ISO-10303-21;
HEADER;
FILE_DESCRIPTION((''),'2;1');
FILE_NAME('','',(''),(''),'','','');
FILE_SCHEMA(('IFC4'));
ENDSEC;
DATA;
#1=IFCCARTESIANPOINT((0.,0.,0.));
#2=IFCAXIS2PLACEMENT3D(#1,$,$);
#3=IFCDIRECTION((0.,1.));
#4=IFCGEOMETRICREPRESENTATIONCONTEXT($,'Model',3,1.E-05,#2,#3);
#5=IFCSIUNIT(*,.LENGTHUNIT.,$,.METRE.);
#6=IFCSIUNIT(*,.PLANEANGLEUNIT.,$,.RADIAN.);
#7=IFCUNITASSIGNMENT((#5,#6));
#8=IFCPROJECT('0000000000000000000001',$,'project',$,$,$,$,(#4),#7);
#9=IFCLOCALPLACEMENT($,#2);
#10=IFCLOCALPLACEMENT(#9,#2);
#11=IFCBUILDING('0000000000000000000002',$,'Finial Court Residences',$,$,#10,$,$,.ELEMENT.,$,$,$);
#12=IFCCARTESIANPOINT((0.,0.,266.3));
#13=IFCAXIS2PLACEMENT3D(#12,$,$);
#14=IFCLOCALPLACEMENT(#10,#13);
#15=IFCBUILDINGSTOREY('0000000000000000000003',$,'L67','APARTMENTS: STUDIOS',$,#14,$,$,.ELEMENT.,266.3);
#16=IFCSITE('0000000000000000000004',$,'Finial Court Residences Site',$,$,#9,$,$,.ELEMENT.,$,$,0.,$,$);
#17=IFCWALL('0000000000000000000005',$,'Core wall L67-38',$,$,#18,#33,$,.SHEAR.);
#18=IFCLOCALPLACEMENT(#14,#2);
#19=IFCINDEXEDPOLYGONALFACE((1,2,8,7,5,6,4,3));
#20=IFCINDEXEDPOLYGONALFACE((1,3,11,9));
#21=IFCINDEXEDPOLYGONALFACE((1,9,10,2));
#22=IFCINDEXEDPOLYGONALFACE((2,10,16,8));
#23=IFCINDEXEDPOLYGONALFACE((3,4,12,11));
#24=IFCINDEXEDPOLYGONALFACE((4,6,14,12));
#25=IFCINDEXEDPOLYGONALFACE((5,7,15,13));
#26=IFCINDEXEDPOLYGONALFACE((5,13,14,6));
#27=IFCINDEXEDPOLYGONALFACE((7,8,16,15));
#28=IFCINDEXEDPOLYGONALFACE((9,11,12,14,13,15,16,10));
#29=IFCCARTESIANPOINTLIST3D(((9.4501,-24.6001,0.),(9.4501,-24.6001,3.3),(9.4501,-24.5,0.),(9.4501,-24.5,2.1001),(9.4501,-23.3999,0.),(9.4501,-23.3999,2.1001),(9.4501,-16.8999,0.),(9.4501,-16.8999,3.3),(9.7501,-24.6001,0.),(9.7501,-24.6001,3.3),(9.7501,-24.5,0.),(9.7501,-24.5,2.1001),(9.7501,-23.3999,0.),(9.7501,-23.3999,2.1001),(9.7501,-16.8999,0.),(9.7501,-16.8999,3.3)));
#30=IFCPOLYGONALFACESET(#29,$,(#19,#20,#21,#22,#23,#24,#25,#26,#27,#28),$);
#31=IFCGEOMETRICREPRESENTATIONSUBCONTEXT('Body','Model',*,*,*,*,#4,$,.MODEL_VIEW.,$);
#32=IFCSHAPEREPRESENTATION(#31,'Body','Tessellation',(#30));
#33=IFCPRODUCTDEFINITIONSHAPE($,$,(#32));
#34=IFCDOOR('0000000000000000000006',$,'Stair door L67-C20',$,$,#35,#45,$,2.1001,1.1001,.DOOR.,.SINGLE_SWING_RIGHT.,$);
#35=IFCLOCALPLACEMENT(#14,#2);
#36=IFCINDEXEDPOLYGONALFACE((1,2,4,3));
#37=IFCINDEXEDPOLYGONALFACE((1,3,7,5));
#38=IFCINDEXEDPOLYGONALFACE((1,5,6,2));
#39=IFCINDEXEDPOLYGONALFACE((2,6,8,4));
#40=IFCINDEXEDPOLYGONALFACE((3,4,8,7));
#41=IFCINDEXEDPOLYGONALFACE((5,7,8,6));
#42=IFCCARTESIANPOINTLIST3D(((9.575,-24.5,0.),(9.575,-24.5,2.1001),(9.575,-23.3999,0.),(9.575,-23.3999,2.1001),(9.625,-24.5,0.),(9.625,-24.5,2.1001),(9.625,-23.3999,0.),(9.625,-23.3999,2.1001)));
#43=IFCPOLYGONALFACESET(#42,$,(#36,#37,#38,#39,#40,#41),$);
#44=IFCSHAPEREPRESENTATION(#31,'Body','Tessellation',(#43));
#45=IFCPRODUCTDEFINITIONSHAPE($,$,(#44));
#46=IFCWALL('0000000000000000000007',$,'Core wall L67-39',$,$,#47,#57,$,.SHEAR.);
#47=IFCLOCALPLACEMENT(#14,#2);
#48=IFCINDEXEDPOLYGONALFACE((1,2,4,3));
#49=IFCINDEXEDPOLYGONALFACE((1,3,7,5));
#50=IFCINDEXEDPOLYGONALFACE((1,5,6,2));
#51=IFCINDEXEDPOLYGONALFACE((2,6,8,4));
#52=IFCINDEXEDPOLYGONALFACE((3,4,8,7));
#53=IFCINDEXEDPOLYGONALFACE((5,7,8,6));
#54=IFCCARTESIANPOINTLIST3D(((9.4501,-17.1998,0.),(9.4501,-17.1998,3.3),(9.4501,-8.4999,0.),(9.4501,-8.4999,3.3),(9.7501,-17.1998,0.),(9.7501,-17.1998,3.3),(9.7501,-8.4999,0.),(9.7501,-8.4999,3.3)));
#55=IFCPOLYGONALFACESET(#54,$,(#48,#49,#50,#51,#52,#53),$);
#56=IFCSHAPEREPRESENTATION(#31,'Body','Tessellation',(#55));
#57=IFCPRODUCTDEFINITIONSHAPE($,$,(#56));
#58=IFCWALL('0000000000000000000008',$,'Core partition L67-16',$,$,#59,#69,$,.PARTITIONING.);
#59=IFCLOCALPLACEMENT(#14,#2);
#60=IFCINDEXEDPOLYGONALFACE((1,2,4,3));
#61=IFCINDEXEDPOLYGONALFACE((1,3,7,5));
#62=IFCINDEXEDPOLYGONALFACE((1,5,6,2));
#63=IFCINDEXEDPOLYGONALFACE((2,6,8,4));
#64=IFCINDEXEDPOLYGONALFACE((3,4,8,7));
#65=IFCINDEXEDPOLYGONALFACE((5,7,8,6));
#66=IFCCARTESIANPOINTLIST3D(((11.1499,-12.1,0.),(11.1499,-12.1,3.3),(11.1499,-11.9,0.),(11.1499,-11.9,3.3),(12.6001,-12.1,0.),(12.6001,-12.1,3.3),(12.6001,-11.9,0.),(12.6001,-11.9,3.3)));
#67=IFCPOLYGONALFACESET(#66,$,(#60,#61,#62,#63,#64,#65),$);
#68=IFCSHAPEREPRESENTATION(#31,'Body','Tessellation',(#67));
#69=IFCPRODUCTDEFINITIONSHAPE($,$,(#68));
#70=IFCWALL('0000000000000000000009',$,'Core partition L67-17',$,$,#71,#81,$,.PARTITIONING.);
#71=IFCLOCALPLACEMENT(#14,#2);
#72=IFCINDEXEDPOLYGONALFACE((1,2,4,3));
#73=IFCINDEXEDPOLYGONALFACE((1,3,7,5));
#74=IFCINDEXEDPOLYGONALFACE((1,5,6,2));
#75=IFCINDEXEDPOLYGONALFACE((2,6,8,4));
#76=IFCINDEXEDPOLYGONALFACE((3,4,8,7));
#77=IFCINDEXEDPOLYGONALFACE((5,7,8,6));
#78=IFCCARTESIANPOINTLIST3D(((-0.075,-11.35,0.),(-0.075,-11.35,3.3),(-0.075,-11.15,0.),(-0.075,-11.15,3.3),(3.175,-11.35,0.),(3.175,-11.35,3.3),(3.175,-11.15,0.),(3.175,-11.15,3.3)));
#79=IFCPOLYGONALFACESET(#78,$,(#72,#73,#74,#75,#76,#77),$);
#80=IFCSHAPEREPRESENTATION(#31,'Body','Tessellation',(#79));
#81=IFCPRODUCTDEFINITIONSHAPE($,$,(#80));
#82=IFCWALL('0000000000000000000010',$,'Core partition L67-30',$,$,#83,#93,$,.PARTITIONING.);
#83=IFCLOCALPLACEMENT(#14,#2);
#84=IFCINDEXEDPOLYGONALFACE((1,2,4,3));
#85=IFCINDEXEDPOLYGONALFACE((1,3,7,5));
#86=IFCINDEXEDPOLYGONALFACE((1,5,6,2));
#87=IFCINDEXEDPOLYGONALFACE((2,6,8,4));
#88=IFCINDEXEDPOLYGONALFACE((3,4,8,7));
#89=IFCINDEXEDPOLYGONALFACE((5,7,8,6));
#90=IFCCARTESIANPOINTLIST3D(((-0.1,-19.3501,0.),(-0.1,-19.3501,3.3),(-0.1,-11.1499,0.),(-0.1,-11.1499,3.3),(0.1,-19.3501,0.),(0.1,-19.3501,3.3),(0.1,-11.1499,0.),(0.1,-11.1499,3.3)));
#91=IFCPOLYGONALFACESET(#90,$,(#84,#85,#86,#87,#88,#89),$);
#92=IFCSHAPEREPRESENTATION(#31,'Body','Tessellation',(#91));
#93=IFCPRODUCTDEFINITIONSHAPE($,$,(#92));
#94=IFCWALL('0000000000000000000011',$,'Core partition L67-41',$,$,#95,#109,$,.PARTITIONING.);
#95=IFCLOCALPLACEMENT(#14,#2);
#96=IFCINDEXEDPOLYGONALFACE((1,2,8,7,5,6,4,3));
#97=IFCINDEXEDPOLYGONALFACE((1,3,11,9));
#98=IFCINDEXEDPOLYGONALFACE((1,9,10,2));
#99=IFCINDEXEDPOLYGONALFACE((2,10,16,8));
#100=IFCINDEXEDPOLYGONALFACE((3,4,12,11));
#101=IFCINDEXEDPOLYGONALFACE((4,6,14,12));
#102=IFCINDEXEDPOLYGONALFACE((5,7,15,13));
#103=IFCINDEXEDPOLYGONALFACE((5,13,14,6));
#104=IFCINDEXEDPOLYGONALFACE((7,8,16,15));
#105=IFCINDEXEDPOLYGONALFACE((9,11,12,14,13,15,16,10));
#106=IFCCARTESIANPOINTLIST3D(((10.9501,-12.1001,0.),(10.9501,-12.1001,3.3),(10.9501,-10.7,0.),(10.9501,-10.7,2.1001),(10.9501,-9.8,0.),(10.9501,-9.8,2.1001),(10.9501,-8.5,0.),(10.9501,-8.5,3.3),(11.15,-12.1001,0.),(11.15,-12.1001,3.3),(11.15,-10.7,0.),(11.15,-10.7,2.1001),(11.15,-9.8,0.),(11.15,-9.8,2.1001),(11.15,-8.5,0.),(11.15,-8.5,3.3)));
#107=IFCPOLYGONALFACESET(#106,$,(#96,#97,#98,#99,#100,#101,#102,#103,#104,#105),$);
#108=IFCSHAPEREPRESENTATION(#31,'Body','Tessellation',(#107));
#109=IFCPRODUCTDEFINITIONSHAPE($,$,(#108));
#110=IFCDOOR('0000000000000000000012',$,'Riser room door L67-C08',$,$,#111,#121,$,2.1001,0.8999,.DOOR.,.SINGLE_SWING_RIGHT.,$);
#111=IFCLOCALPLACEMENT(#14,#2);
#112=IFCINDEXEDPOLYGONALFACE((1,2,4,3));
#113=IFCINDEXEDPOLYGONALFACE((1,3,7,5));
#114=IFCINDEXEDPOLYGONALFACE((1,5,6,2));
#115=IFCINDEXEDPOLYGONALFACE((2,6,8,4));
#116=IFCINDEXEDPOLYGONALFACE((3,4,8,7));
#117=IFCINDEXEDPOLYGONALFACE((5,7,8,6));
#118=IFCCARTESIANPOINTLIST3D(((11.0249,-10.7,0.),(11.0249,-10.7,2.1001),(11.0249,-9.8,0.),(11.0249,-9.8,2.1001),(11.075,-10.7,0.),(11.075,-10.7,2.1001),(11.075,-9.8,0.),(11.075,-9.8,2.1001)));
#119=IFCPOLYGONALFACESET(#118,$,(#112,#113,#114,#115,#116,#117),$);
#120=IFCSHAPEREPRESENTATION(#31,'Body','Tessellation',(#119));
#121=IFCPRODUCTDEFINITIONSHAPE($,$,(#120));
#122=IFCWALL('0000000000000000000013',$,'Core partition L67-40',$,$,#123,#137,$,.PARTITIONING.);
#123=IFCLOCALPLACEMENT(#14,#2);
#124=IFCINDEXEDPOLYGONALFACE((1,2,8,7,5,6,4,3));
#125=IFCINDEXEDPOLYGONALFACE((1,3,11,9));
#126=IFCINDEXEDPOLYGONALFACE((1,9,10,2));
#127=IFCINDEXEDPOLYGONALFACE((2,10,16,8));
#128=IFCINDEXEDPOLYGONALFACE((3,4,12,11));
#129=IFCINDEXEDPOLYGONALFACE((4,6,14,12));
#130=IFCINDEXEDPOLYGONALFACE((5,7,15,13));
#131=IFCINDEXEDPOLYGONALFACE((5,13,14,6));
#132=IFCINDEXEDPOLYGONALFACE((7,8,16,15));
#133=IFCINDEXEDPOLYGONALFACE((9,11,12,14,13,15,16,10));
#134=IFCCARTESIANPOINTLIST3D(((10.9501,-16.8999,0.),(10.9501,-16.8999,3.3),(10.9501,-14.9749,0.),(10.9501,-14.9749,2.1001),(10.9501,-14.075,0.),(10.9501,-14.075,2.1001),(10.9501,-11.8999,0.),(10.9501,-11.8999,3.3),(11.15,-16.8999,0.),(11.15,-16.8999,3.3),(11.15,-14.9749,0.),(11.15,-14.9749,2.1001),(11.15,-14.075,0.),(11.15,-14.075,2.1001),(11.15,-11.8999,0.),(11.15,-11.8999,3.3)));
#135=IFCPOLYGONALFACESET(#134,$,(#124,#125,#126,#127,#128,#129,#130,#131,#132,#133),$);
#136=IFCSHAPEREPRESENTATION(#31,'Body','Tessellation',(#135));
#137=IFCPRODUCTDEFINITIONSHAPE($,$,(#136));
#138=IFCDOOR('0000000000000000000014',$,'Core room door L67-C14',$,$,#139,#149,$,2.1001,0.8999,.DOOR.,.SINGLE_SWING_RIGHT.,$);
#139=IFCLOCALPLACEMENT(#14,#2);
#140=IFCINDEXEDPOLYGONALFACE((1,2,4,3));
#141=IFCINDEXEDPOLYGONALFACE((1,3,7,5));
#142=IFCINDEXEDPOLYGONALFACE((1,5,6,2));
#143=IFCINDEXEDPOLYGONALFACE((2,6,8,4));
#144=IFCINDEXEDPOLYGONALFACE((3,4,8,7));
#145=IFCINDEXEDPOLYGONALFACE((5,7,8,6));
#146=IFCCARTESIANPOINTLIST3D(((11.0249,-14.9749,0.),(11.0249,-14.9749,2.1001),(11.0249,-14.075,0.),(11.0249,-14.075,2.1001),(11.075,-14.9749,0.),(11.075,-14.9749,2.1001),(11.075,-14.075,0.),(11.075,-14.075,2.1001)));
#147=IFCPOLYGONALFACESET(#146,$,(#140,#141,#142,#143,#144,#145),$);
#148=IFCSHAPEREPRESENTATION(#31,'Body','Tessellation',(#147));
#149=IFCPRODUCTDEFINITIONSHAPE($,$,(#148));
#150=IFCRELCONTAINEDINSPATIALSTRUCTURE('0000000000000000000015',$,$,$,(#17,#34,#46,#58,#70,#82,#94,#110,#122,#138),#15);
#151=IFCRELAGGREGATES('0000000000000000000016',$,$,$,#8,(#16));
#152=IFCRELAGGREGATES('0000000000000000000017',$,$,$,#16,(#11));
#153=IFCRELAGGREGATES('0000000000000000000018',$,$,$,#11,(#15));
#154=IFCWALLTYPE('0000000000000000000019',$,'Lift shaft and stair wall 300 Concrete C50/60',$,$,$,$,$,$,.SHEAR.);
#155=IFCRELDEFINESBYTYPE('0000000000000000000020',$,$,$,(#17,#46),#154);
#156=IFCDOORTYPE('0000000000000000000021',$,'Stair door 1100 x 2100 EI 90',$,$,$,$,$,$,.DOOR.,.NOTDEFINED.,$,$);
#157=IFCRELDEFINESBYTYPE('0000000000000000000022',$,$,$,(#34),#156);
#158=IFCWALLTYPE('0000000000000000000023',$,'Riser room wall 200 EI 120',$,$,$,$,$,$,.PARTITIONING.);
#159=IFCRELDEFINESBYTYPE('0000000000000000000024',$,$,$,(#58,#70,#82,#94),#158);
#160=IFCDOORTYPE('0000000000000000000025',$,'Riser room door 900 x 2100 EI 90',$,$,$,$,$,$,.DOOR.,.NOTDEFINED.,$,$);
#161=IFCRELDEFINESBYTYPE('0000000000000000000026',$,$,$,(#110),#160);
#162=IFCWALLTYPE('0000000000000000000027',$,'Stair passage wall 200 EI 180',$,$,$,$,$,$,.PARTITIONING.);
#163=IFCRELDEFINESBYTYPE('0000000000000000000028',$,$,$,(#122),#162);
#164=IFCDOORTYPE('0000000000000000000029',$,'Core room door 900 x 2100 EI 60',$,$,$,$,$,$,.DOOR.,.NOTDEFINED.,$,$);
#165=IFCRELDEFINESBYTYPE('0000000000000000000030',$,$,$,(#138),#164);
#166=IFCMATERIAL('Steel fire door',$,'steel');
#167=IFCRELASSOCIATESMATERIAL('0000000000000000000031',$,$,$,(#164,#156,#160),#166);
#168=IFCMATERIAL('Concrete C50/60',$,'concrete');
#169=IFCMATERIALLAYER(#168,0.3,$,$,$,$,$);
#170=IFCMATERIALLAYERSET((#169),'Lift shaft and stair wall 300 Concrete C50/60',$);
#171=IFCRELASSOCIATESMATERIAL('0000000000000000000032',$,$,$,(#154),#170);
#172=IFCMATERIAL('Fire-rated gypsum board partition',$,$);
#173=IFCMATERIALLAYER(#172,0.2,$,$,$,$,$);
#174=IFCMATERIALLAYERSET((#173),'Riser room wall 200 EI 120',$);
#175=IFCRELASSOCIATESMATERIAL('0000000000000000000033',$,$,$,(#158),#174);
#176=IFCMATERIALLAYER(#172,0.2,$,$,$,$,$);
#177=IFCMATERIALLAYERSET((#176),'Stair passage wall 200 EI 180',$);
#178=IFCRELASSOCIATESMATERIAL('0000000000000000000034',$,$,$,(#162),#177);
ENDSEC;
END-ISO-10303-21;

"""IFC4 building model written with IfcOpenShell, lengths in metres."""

from ifc_helpers import new_model, si_unit, direction, frame, frame_2d, origin, place, context, subcontext, project, spatial, rectangle, extrude, material, layer, layer_set, type_object, element, fill, save


model = new_model("IFC4")

# Units and contexts
model_context = context("Model", 3, precision=1e-05, world=origin(), true_north=direction((0.0, 1.0)))
body_context = subcontext(model_context, "Body", "Model", "MODEL_VIEW")
ifc_project = project(units=[si_unit("LENGTHUNIT", "METRE"), si_unit("PLANEANGLEUNIT", "RADIAN")], contexts=[model_context])

# Site, building, storey
site_placement = place(None, origin())
site = spatial("IfcSite", under=ifc_project, at=site_placement, Name="Finial Court Residences Site", CompositionType="ELEMENT", RefElevation=0.0)
building_placement = place(site_placement, origin())
building = spatial("IfcBuilding", under=site, at=building_placement, Name="Finial Court Residences", CompositionType="ELEMENT")
storey_placement = place(building_placement, frame((0.0, 0.0, 266.3)))
storey = spatial("IfcBuildingStorey", under=building, at=storey_placement, Name="L67", Description="APARTMENTS: STUDIOS", CompositionType="ELEMENT", Elevation=266.3)

# Shared definitions
ifc_material_1 = material(Name="Concrete C50/60", Category="concrete")

# Shared definitions
ifc_material_2 = material(Name="Fire-rated gypsum board partition")

# Shared definitions
ifc_material_3 = material(Name="Steel fire door", Category="steel")
door_type_1 = type_object("IfcDoorType", Name="Core room door 900 x 2100 EI 60", OperationType="NOTDEFINED", PredefinedType="DOOR", material=ifc_material_3)

# Shared definitions
ifc_layer_1 = layer(ifc_material_1, 0.3)
ifc_layer_set_1 = layer_set([ifc_layer_1], Name="Lift shaft and stair wall 300 Concrete C50/60")
wall_type_1 = type_object("IfcWallType", Name="Lift shaft and stair wall 300 Concrete C50/60", PredefinedType="SHEAR", material=ifc_layer_set_1)

# Wall, opening, door
wall_1_placement = place(storey_placement, frame((9.6001, -16.8999, 0.0), z_axis=(0.0, 0.0, 1.0), x_axis=(0.0, -1.0, 0.0)))
wall_1 = element("IfcWall", 1, at=wall_1_placement, inside=storey, type_object=wall_type_1, Name="Core wall L67-38", PredefinedType="SHEAR", context=body_context, shape_type="SweptSolid", body=[
    extrude(rectangle(XDim=7.7002, YDim=0.3, at=frame_2d((3.8501, 0.0))), origin(), (0.0, 0.0, 1.0), 3.3),
])
opening_1_placement = place(wall_1_placement, frame((6.5, 0.0, 0.0)))
opening_1 = element("IfcOpeningElement", 2, at=opening_1_placement, cuts=wall_1, PredefinedType="OPENING", context=body_context, shape_type="SweptSolid", body=[
    extrude(rectangle(XDim=1.1001, YDim=2.1001, at=frame_2d((0.55, 1.05))), frame((0.0, 0.1599, 0.0), z_axis=(0.0, -1.0, 0.0), x_axis=(1.0, 0.0, 0.0)), (0.0, 0.0, 1.0), 0.3201),
])
door_type_2 = type_object("IfcDoorType", Name="Stair door 1100 x 2100 EI 90", OperationType="NOTDEFINED", PredefinedType="DOOR", material=ifc_material_3)
door_1_placement = place(opening_1_placement, origin())
door_1 = element("IfcDoor", 3, at=door_1_placement, inside=storey, type_object=door_type_2, Name="Stair door L67-C20", OperationType="SINGLE_SWING_RIGHT", OverallHeight=2.1001, OverallWidth=1.1001, PredefinedType="DOOR", context=body_context, shape_type="SweptSolid", body=[
    extrude(rectangle(XDim=1.1001, YDim=2.1001, at=frame_2d((0.55, 1.05))), frame((0.0, 0.0249, 0.0), z_axis=(0.0, -1.0, 0.0), x_axis=(1.0, 0.0, 0.0)), (0.0, 0.0, 1.0), 0.05),
])
fill(opening_1, door_1)

# Walls
wall_2_placement = place(storey_placement, frame((9.6001, -17.2, 0.0), z_axis=(0.0, 0.0, 1.0), x_axis=(0.0, 1.0, 0.0)))
element("IfcWall", 4, at=wall_2_placement, inside=storey, type_object=wall_type_1, Name="Core wall L67-39", PredefinedType="SHEAR", context=body_context, shape_type="SweptSolid", body=[
    extrude(rectangle(XDim=8.7, YDim=0.3, at=frame_2d((4.3501, 0.0))), origin(), (0.0, 0.0, 1.0), 3.3),
])
ifc_layer_2 = layer(ifc_material_2, 0.2)
ifc_layer_set_2 = layer_set([ifc_layer_2], Name="Riser room wall 200 EI 120")
wall_type_2 = type_object("IfcWallType", Name="Riser room wall 200 EI 120", PredefinedType="PARTITIONING", material=ifc_layer_set_2)
wall_3_placement = place(storey_placement, frame((11.1499, -12.0, 0.0), z_axis=(0.0, 0.0, 1.0), x_axis=(1.0, 0.0, 0.0)))
element("IfcWall", 5, at=wall_3_placement, inside=storey, type_object=wall_type_2, Name="Core partition L67-16", PredefinedType="PARTITIONING", context=body_context, shape_type="SweptSolid", body=[
    extrude(rectangle(XDim=1.4502, YDim=0.2, at=frame_2d((0.7251, 0.0))), origin(), (0.0, 0.0, 1.0), 3.3),
])
wall_4_placement = place(storey_placement, frame((-0.075, -11.25, 0.0), z_axis=(0.0, 0.0, 1.0), x_axis=(1.0, 0.0, 0.0)))
element("IfcWall", 6, at=wall_4_placement, inside=storey, type_object=wall_type_2, Name="Core partition L67-17", PredefinedType="PARTITIONING", context=body_context, shape_type="SweptSolid", body=[
    extrude(rectangle(XDim=3.25, YDim=0.2, at=frame_2d((1.625, 0.0))), origin(), (0.0, 0.0, 1.0), 3.3),
])
wall_5_placement = place(storey_placement, frame((0.0, -19.3501, 0.0), z_axis=(0.0, 0.0, 1.0), x_axis=(0.0, 1.0, 0.0)))
element("IfcWall", 7, at=wall_5_placement, inside=storey, type_object=wall_type_2, Name="Core partition L67-30", PredefinedType="PARTITIONING", context=body_context, shape_type="SweptSolid", body=[
    extrude(rectangle(XDim=8.2002, YDim=0.2, at=frame_2d((4.1001, 0.0))), origin(), (0.0, 0.0, 1.0), 3.3),
])

# Walls, openings, doors
wall_6_placement = place(storey_placement, frame((11.05, -8.5, 0.0), z_axis=(0.0, 0.0, 1.0), x_axis=(0.0, -1.0, 0.0)))
wall_6 = element("IfcWall", 8, at=wall_6_placement, inside=storey, type_object=wall_type_2, Name="Core partition L67-41", PredefinedType="PARTITIONING", context=body_context, shape_type="SweptSolid", body=[
    extrude(rectangle(XDim=3.6001, YDim=0.2, at=frame_2d((1.8, 0.0))), origin(), (0.0, 0.0, 1.0), 3.3),
])
opening_2_placement = place(wall_6_placement, frame((1.3, 0.0, 0.0)))
opening_2 = element("IfcOpeningElement", 9, at=opening_2_placement, cuts=wall_6, PredefinedType="OPENING", context=body_context, shape_type="SweptSolid", body=[
    extrude(rectangle(XDim=0.8999, YDim=2.1001, at=frame_2d((0.45, 1.05))), frame((0.0, 0.1099, 0.0), z_axis=(0.0, -1.0, 0.0), x_axis=(1.0, 0.0, 0.0)), (0.0, 0.0, 1.0), 0.22),
])
door_type_3 = type_object("IfcDoorType", Name="Riser room door 900 x 2100 EI 90", OperationType="NOTDEFINED", PredefinedType="DOOR", material=ifc_material_3)
door_2_placement = place(opening_2_placement, origin())
door_2 = element("IfcDoor", 10, at=door_2_placement, inside=storey, type_object=door_type_3, Name="Riser room door L67-C08", OperationType="SINGLE_SWING_RIGHT", OverallHeight=2.1001, OverallWidth=0.8999, PredefinedType="DOOR", context=body_context, shape_type="SweptSolid", body=[
    extrude(rectangle(XDim=0.8999, YDim=2.1001, at=frame_2d((0.45, 1.05))), frame((0.0, 0.0249, 0.0), z_axis=(0.0, -1.0, 0.0), x_axis=(1.0, 0.0, 0.0)), (0.0, 0.0, 1.0), 0.05),
])
fill(opening_2, door_2)
ifc_layer_3 = layer(ifc_material_2, 0.2)
ifc_layer_set_3 = layer_set([ifc_layer_3], Name="Stair passage wall 200 EI 180")
wall_type_3 = type_object("IfcWallType", Name="Stair passage wall 200 EI 180", PredefinedType="PARTITIONING", material=ifc_layer_set_3)
wall_7_placement = place(storey_placement, frame((11.05, -11.8999, 0.0), z_axis=(0.0, 0.0, 1.0), x_axis=(0.0, -1.0, 0.0)))
wall_7 = element("IfcWall", 11, at=wall_7_placement, inside=storey, type_object=wall_type_3, Name="Core partition L67-40", PredefinedType="PARTITIONING", context=body_context, shape_type="SweptSolid", body=[
    extrude(rectangle(XDim=5.0, YDim=0.2, at=frame_2d((2.5, 0.0))), origin(), (0.0, 0.0, 1.0), 3.3),
])
opening_3_placement = place(wall_7_placement, frame((2.175, 0.0, 0.0)))
opening_3 = element("IfcOpeningElement", 12, at=opening_3_placement, cuts=wall_7, PredefinedType="OPENING", context=body_context, shape_type="SweptSolid", body=[
    extrude(rectangle(XDim=0.8999, YDim=2.1001, at=frame_2d((0.45, 1.05))), frame((0.0, 0.1099, 0.0), z_axis=(0.0, -1.0, 0.0), x_axis=(1.0, 0.0, 0.0)), (0.0, 0.0, 1.0), 0.22),
])
door_3_placement = place(opening_3_placement, origin())
door_3 = element("IfcDoor", 13, at=door_3_placement, inside=storey, type_object=door_type_1, Name="Core room door L67-C14", OperationType="SINGLE_SWING_RIGHT", OverallHeight=2.1001, OverallWidth=0.8999, PredefinedType="DOOR", context=body_context, shape_type="SweptSolid", body=[
    extrude(rectangle(XDim=0.8999, YDim=2.1001, at=frame_2d((0.45, 1.05))), frame((0.0, 0.0249, 0.0), z_axis=(0.0, -1.0, 0.0), x_axis=(1.0, 0.0, 0.0)), (0.0, 0.0, 1.0), 0.05),
])
fill(opening_3, door_3)

save(model, "model.ifc")
